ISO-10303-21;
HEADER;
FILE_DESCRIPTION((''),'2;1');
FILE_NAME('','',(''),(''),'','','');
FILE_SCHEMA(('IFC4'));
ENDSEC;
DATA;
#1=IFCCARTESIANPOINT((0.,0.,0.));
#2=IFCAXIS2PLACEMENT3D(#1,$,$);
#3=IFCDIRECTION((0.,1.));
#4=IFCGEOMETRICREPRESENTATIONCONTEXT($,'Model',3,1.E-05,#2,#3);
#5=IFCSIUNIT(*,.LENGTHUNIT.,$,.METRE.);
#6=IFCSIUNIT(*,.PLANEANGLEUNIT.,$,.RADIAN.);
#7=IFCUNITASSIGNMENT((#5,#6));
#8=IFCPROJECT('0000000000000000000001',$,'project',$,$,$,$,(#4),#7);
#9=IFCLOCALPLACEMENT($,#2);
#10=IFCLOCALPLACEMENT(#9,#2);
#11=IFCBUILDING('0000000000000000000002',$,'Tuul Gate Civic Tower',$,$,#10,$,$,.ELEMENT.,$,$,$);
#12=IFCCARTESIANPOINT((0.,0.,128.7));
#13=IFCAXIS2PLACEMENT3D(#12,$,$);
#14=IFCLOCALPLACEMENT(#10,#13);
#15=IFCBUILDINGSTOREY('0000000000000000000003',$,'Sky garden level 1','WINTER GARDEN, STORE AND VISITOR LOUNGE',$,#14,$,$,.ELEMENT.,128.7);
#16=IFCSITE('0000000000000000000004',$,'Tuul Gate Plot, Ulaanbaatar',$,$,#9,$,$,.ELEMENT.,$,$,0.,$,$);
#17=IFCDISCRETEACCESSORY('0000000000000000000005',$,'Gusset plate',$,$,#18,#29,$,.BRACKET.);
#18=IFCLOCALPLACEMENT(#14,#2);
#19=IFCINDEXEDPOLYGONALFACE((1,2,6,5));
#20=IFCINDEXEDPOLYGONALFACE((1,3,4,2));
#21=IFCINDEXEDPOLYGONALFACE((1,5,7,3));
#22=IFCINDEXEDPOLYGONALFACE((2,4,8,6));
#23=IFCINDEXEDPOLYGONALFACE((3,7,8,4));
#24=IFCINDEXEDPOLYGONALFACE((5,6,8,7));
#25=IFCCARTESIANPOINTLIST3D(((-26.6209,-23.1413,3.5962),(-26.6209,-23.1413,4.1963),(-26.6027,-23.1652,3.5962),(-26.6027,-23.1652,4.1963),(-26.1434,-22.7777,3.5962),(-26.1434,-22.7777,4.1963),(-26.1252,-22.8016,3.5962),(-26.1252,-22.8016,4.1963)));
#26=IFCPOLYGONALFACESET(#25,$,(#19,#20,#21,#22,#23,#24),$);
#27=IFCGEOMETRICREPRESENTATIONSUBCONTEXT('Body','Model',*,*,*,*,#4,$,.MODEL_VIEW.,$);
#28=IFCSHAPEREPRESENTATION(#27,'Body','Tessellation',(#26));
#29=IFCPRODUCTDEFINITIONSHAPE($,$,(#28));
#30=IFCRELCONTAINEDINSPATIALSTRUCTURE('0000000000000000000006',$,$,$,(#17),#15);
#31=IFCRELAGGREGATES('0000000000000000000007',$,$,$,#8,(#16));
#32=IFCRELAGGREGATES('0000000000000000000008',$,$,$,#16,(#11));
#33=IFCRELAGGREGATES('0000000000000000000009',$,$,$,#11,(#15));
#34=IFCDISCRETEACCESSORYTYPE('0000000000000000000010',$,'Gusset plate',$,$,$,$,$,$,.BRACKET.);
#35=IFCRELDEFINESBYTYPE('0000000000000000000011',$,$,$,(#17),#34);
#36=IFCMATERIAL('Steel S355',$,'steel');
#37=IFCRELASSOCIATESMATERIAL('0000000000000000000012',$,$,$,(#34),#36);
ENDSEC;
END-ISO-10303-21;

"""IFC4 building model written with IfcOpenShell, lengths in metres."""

from ifc_helpers import new_model, si_unit, direction, frame, origin, origin_2d, place, context, subcontext, project, spatial, rectangle, extrude, material, type_object, element, save


model = new_model("IFC4")

# Units and contexts
model_context = context("Model", 3, precision=1e-05, world=origin(), true_north=direction((0.0, 1.0)))
body_context = subcontext(model_context, "Body", "Model", "MODEL_VIEW")
ifc_project = project(units=[si_unit("LENGTHUNIT", "METRE"), si_unit("PLANEANGLEUNIT", "RADIAN")], contexts=[model_context])

# Site, building, storey
site_placement = place(None, origin())
site = spatial("IfcSite", under=ifc_project, at=site_placement, Name="Tuul Gate Plot, Ulaanbaatar", CompositionType="ELEMENT", RefElevation=0.0)
building_placement = place(site_placement, origin())
building = spatial("IfcBuilding", under=site, at=building_placement, Name="Tuul Gate Civic Tower", CompositionType="ELEMENT")
storey_placement = place(building_placement, frame((0.0, 0.0, 128.7)))
storey = spatial("IfcBuildingStorey", under=building, at=storey_placement, Name="Sky garden level 1", Description="WINTER GARDEN, STORE AND VISITOR LOUNGE", CompositionType="ELEMENT", Elevation=128.7)

# Discrete accessory
ifc_material_1 = material(Name="Steel S355", Category="steel")
discrete_accessory_type = type_object("IfcDiscreteAccessoryType", Name="Gusset plate", PredefinedType="BRACKET", material=ifc_material_1)
discrete_accessory_placement = place(storey_placement, frame((-26.373, -22.9714, 3.5962), z_axis=(0.0, 0.0, 1.0), x_axis=(-0.795616, -0.605801, 0.0)))
element("IfcDiscreteAccessory", 1, at=discrete_accessory_placement, inside=storey, type_object=discrete_accessory_type, Name="Gusset plate", PredefinedType="BRACKET", context=body_context, shape_type="SweptSolid", body=[
    extrude(rectangle(XDim=0.6001, YDim=0.03, at=origin_2d()), origin(), (0.0, 0.0, 1.0), 0.6001),
])

save(model, "model.ifc")
